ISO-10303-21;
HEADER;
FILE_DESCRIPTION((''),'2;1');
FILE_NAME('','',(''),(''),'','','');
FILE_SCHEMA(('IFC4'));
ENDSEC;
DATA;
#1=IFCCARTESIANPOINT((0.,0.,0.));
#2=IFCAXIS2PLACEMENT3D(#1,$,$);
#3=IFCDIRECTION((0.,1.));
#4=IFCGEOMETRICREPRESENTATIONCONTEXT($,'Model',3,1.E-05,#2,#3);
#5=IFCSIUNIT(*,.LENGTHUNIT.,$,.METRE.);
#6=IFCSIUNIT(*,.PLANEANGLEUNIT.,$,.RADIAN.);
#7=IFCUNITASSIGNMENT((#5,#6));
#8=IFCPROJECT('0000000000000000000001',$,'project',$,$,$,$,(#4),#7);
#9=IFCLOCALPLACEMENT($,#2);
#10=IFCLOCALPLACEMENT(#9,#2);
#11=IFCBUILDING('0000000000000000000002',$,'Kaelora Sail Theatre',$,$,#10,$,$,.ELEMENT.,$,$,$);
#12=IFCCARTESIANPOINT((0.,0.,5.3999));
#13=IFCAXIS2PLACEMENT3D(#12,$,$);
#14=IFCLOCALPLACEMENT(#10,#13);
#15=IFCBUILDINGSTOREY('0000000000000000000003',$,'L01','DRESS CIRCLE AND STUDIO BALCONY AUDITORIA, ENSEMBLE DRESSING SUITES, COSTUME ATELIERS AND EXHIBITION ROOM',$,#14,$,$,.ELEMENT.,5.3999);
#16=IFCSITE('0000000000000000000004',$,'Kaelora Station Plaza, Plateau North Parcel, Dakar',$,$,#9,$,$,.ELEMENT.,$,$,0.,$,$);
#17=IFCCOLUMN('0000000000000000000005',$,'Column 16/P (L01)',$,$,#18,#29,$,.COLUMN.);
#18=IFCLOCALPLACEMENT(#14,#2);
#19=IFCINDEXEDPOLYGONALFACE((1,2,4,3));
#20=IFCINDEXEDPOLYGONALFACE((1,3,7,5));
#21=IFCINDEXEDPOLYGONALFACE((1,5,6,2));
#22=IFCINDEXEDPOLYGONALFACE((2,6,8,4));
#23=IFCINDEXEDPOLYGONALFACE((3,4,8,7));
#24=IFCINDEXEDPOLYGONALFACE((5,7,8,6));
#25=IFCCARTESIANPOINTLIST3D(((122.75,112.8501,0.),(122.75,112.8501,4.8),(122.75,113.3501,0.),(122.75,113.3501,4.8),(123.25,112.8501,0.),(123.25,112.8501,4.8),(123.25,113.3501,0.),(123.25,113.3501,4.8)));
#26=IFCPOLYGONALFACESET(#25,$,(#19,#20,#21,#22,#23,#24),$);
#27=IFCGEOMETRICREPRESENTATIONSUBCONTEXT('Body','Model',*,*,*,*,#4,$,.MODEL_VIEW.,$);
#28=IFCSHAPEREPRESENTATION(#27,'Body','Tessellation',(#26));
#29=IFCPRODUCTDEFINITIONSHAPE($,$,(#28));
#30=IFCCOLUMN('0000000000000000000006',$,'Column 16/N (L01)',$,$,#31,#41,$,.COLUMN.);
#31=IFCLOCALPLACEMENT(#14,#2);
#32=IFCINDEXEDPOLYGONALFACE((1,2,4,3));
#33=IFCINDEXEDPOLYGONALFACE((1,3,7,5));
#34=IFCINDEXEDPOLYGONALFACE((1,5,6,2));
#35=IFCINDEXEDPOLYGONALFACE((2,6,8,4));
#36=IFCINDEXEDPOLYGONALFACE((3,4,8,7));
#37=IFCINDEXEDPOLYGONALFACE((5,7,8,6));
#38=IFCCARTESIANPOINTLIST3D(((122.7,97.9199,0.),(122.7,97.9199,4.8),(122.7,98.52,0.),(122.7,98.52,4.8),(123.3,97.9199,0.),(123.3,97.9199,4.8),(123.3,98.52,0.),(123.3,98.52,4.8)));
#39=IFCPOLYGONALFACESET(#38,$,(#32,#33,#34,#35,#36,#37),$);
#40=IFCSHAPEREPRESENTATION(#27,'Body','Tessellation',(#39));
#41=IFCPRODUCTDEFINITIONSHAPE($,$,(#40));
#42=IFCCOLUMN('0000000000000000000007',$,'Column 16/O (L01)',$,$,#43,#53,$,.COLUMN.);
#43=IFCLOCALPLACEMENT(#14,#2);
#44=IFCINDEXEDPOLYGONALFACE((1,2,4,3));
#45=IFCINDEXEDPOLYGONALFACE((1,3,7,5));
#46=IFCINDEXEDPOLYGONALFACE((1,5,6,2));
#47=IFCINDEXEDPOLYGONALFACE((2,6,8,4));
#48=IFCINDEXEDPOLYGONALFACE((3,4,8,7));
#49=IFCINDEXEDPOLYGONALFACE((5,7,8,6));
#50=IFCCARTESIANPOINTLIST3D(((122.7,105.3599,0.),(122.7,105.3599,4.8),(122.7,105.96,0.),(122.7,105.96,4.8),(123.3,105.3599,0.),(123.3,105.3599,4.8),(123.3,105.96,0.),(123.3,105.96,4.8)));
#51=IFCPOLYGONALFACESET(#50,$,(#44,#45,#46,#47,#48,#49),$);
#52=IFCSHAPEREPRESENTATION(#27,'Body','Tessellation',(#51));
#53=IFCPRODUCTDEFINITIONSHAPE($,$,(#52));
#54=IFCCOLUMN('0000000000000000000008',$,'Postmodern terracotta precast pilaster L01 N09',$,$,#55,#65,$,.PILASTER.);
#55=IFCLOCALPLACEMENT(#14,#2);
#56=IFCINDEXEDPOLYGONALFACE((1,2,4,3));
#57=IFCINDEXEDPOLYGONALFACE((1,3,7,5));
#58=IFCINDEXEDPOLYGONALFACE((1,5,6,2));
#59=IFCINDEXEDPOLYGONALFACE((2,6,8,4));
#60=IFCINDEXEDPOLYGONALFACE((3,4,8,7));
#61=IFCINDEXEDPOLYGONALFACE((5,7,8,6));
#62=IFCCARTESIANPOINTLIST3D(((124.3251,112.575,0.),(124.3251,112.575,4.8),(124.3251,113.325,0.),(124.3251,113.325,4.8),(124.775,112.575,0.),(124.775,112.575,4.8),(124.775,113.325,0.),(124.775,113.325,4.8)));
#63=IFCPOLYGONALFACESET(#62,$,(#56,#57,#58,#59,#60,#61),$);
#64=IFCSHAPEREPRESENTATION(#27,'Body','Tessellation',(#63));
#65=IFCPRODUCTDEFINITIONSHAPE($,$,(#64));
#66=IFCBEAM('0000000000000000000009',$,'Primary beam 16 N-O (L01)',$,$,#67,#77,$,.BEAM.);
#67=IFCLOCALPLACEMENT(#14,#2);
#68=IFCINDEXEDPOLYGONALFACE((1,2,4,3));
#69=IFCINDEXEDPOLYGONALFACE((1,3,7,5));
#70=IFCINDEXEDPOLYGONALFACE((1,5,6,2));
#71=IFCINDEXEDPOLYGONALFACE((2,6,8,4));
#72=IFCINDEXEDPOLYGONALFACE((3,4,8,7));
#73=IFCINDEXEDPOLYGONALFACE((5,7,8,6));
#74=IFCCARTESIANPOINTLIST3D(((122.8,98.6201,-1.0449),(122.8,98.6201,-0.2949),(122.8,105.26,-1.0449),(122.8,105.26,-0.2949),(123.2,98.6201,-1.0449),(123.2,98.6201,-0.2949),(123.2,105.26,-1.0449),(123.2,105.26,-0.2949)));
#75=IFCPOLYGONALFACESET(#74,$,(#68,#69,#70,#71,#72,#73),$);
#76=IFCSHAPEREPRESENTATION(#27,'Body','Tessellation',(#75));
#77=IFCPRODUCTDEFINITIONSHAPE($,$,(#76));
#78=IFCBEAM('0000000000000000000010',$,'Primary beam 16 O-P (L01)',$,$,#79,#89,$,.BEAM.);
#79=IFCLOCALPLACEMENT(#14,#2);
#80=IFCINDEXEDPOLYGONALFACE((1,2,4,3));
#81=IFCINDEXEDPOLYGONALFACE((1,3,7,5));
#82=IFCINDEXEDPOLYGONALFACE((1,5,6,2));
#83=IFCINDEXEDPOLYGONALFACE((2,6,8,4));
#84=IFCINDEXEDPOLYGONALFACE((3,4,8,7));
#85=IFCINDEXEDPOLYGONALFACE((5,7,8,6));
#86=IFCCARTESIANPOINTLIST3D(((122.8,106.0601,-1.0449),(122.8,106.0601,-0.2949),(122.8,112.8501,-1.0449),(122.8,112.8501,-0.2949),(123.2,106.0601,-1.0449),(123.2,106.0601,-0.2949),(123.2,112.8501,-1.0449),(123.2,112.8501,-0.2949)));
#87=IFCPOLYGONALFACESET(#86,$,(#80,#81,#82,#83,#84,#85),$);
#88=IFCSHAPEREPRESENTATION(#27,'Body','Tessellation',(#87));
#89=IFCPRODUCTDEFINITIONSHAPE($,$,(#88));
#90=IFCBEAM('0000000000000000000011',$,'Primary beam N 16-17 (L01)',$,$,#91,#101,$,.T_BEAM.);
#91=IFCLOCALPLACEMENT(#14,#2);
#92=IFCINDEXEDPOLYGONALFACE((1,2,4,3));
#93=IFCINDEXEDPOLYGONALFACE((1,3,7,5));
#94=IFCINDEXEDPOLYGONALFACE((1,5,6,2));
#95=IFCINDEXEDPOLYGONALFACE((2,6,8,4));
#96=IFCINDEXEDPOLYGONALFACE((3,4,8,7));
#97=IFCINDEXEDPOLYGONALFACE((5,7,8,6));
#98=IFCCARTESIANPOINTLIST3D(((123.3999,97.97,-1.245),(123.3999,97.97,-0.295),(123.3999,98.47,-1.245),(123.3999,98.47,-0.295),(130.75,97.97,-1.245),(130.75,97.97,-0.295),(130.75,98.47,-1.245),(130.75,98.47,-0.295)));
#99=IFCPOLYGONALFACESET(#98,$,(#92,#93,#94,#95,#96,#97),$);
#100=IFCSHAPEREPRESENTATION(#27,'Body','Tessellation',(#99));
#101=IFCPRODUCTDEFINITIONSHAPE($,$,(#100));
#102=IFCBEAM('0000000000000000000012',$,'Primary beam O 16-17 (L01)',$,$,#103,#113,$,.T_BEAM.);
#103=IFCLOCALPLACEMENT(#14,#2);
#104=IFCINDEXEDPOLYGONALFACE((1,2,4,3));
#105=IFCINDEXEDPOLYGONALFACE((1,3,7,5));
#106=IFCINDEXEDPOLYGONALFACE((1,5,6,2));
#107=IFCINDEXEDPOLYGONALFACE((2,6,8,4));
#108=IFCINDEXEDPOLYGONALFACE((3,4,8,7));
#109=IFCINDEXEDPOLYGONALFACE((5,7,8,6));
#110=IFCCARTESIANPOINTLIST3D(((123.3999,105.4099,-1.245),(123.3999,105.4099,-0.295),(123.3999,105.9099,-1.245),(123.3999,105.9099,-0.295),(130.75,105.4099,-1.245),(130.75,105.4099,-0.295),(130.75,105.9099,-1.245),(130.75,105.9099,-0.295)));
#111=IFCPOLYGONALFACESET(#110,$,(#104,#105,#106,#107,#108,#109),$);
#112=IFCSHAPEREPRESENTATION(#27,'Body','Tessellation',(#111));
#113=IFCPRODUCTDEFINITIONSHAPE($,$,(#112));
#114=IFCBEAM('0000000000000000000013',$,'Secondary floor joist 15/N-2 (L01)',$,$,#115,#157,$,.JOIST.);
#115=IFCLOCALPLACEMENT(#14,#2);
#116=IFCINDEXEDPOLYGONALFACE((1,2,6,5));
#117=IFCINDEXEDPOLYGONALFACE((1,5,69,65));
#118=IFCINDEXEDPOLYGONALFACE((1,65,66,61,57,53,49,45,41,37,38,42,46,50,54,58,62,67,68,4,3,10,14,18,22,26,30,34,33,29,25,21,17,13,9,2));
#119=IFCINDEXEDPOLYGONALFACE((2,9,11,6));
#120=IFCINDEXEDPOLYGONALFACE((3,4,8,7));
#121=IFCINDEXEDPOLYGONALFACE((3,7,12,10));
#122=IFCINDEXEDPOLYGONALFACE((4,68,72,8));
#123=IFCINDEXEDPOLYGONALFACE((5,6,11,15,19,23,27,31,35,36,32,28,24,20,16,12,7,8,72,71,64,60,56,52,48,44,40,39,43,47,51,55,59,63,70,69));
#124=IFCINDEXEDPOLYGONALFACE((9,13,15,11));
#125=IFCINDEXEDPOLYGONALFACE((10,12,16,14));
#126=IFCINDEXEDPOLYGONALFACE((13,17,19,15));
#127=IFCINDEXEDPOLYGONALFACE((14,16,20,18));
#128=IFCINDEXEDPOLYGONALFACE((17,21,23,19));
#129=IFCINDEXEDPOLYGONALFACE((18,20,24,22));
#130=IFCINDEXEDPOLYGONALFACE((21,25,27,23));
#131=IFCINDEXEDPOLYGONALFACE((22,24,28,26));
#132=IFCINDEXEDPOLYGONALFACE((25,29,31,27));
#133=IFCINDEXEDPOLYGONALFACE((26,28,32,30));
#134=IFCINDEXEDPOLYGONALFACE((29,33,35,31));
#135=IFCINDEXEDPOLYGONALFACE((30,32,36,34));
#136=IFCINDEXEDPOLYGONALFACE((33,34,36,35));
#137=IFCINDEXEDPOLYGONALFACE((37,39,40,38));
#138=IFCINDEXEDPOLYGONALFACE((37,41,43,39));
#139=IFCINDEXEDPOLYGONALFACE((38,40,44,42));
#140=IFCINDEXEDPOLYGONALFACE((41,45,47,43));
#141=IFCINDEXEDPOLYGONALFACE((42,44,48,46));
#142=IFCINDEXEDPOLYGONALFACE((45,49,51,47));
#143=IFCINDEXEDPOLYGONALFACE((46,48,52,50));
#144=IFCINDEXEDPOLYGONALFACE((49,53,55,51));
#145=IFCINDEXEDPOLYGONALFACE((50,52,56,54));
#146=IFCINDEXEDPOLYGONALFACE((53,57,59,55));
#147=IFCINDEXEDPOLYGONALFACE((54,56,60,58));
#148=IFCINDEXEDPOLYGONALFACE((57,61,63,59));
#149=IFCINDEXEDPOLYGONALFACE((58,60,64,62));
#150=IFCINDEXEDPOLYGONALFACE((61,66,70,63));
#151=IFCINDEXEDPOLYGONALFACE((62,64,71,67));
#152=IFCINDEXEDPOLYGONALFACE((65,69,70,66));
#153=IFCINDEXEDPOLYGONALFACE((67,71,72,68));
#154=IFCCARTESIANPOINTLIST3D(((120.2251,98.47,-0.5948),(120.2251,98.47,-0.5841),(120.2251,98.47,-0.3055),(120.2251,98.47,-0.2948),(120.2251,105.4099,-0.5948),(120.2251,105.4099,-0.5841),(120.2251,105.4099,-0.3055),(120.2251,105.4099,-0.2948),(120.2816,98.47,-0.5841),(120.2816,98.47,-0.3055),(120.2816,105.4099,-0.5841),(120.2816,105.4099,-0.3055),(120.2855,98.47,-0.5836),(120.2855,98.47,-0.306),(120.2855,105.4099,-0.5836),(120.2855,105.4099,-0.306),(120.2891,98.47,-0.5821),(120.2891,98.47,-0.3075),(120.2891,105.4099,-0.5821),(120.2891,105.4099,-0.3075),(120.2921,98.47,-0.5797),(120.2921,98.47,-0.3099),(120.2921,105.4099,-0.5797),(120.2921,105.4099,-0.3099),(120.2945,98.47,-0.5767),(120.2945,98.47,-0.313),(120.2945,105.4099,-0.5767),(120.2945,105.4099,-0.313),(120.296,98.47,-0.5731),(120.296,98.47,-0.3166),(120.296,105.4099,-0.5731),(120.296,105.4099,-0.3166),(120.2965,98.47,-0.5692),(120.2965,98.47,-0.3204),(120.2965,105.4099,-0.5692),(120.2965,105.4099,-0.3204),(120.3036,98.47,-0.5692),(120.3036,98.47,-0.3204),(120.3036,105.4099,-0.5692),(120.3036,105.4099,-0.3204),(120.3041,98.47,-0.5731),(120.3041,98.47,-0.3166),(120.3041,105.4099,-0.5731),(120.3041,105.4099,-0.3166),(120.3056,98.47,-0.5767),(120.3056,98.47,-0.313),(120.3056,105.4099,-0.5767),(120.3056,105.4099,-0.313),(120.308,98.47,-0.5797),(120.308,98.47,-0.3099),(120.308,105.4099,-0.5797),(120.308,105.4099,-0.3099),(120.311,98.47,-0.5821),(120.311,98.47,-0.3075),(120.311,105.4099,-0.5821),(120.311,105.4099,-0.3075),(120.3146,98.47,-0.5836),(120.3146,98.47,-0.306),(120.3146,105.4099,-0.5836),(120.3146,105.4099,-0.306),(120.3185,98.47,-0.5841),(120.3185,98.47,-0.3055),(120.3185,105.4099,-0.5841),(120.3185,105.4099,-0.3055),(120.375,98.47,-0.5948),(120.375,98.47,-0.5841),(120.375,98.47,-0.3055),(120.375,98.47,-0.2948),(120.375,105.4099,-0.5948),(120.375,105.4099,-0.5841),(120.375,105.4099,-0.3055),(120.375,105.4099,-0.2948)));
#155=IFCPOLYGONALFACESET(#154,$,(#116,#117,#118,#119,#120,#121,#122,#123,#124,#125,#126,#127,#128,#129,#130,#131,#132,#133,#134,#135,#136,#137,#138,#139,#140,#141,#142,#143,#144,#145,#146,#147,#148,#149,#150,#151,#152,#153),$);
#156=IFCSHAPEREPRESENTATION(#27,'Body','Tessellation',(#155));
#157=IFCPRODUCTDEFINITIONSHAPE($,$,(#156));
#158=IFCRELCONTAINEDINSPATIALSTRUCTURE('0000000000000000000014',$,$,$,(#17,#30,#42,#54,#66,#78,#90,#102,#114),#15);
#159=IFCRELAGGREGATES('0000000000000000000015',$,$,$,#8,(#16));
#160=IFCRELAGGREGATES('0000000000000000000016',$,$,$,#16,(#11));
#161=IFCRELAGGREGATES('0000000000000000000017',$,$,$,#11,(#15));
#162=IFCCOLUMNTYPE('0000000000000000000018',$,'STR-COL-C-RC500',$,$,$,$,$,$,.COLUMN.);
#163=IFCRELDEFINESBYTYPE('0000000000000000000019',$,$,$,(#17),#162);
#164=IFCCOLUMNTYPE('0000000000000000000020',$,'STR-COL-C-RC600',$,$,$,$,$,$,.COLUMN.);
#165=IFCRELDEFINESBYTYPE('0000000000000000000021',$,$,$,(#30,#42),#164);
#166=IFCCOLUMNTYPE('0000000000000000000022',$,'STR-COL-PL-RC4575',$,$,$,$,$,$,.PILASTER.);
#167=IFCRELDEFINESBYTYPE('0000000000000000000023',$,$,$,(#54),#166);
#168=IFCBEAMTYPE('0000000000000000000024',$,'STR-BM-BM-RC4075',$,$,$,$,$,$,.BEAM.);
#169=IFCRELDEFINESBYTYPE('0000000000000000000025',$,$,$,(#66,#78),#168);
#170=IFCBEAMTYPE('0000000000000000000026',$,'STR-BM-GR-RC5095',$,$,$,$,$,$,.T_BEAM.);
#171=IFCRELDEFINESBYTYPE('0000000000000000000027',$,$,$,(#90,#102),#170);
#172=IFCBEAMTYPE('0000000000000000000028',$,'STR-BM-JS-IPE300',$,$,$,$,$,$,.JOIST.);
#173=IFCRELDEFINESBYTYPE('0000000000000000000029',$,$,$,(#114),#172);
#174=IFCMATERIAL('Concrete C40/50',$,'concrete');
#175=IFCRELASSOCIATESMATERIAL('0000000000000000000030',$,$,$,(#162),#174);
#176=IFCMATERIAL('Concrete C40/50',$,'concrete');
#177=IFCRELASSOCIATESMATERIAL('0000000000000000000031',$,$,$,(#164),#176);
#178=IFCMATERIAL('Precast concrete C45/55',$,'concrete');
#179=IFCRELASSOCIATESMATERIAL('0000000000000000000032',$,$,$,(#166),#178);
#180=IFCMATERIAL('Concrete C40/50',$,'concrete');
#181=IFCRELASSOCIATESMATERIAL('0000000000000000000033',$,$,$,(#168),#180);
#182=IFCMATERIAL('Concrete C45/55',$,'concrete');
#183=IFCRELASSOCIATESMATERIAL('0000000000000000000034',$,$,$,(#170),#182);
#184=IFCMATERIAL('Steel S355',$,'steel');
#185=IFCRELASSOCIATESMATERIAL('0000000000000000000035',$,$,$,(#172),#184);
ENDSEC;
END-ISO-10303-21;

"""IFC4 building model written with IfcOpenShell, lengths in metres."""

from ifc_helpers import new_model, si_unit, direction, frame, origin, origin_2d, place, context, subcontext, project, spatial, rectangle, i_section, extrude, material, material_profile, profile_set, type_object, element, save


model = new_model("IFC4")

# Units and contexts
model_context = context("Model", 3, precision=1e-05, world=origin(), true_north=direction((0.0, 1.0)))
body_context = subcontext(model_context, "Body", "Model", "MODEL_VIEW")
ifc_project = project(units=[si_unit("LENGTHUNIT", "METRE"), si_unit("PLANEANGLEUNIT", "RADIAN")], contexts=[model_context])

# Site, building, storey
site_placement = place(None, origin())
site = spatial("IfcSite", under=ifc_project, at=site_placement, Name="Kaelora Station Plaza, Plateau North Parcel, Dakar", CompositionType="ELEMENT", RefElevation=0.0)
building_placement = place(site_placement, origin())
building = spatial("IfcBuilding", under=site, at=building_placement, Name="Kaelora Sail Theatre", CompositionType="ELEMENT")
storey_placement = place(building_placement, frame((0.0, 0.0, 5.3999)))
storey = spatial("IfcBuildingStorey", under=building, at=storey_placement, Name="L01", Description="DRESS CIRCLE AND STUDIO BALCONY AUDITORIA, ENSEMBLE DRESSING SUITES, COSTUME ATELIERS AND EXHIBITION ROOM", CompositionType="ELEMENT", Elevation=5.3999)

# Columns
ifc_material_1 = material(Name="Concrete C40/50", Category="concrete")
ifc_material_profile_1 = material_profile(ifc_material_1, rectangle(XDim=0.5, YDim=0.5, at=origin_2d()), Name="RC-COL 500x500")
ifc_profile_set_1 = profile_set([ifc_material_profile_1], Name="Concrete C40/50")
column_type_1 = type_object("IfcColumnType", Name="STR-COL-C-RC500", PredefinedType="COLUMN", material=ifc_profile_set_1)
column_1_placement = place(storey_placement, frame((123.0, 113.1001, 0.0), z_axis=(0.0, 0.0, 1.0), x_axis=(1.0, 0.0, 0.0)))
element("IfcColumn", 1, at=column_1_placement, inside=storey, type_object=column_type_1, Name="Column 16/P (L01)", PredefinedType="COLUMN", context=body_context, shape_type="SweptSolid", body=[
    extrude(rectangle(XDim=0.5, YDim=0.5, at=origin_2d()), origin(), (0.0, 0.0, 1.0), 4.8),
])
ifc_material_2 = material(Name="Concrete C40/50", Category="concrete")
ifc_material_profile_2 = material_profile(ifc_material_2, rectangle(XDim=0.6001, YDim=0.6001, at=origin_2d()), Name="RC-COL 600x600")
ifc_profile_set_2 = profile_set([ifc_material_profile_2], Name="Concrete C40/50")
column_type_2 = type_object("IfcColumnType", Name="STR-COL-C-RC600", PredefinedType="COLUMN", material=ifc_profile_set_2)
for number, where, z_axis, x_axis, name in (
    (2, (123.0, 98.22, 0.0), (0.0, 0.0, 1.0), (1.0, 0.0, 0.0), "Column 16/N (L01)"),
    (3, (123.0, 105.6599, 0.0), (0.0, 0.0, 1.0), (1.0, 0.0, 0.0), "Column 16/O (L01)"),
):
    element("IfcColumn", number, at=place(storey_placement, frame(where, z_axis=z_axis, x_axis=x_axis)), inside=storey, type_object=column_type_2, Name=name, PredefinedType="COLUMN", context=body_context, shape_type="SweptSolid", body=[
        extrude(rectangle(XDim=0.6001, YDim=0.6001, at=origin_2d()), origin(), (0.0, 0.0, 1.0), 4.8),
    ])
ifc_material_3 = material(Name="Precast concrete C45/55", Category="concrete")
ifc_material_profile_3 = material_profile(ifc_material_3, rectangle(XDim=0.45, YDim=0.75, at=origin_2d()), Name="RC-PIL 450x750")
ifc_profile_set_3 = profile_set([ifc_material_profile_3], Name="Precast concrete C45/55")
column_type_3 = type_object("IfcColumnType", Name="STR-COL-PL-RC4575", PredefinedType="PILASTER", material=ifc_profile_set_3)
column_2_placement = place(storey_placement, frame((124.55, 112.95, 0.0), z_axis=(0.0, 0.0, 1.0), x_axis=(1.0, 0.0, 0.0)))
element("IfcColumn", 4, at=column_2_placement, inside=storey, type_object=column_type_3, Name="Postmodern terracotta precast pilaster L01 N09", PredefinedType="PILASTER", context=body_context, shape_type="SweptSolid", body=[
    extrude(rectangle(XDim=0.45, YDim=0.75, at=origin_2d()), origin(), (0.0, 0.0, 1.0), 4.8),
])

# Beams
ifc_material_4 = material(Name="Concrete C40/50", Category="concrete")
ifc_material_profile_4 = material_profile(ifc_material_4, rectangle(XDim=0.3999, YDim=0.75, at=origin_2d()), Name="RC-BM 400x750")
ifc_profile_set_4 = profile_set([ifc_material_profile_4], Name="Concrete C40/50")
beam_type_1 = type_object("IfcBeamType", Name="STR-BM-BM-RC4075", PredefinedType="BEAM", material=ifc_profile_set_4)
beam_1_placement = place(storey_placement, frame((123.0, 98.6201, -0.6699), z_axis=(0.0, 1.0, 0.0), x_axis=(-1.0, 0.0, 0.0)))
element("IfcBeam", 5, at=beam_1_placement, inside=storey, type_object=beam_type_1, Name="Primary beam 16 N-O (L01)", PredefinedType="BEAM", context=body_context, shape_type="SweptSolid", body=[
    extrude(rectangle(XDim=0.3999, YDim=0.75, at=origin_2d()), origin(), (0.0, 0.0, 1.0), 6.6399),
])
beam_2_placement = place(storey_placement, frame((123.0, 106.0601, -0.6699), z_axis=(0.0, 1.0, 0.0), x_axis=(-1.0, 0.0, 0.0)))
element("IfcBeam", 6, at=beam_2_placement, inside=storey, type_object=beam_type_1, Name="Primary beam 16 O-P (L01)", PredefinedType="BEAM", context=body_context, shape_type="SweptSolid", body=[
    extrude(rectangle(XDim=0.3999, YDim=0.75, at=origin_2d()), origin(), (0.0, 0.0, 1.0), 6.79),
])
ifc_material_5 = material(Name="Concrete C45/55", Category="concrete")
ifc_material_profile_5 = material_profile(ifc_material_5, rectangle(XDim=0.5, YDim=0.95, at=origin_2d()), Name="RC-GRD 500x950")
ifc_profile_set_5 = profile_set([ifc_material_profile_5], Name="Concrete C45/55")
beam_type_2 = type_object("IfcBeamType", Name="STR-BM-GR-RC5095", PredefinedType="T_BEAM", material=ifc_profile_set_5)
for number, where, z_axis, x_axis, name in (
    (7, (123.3999, 98.22, -0.77), (1.0, 0.0, 0.0), (0.0, 1.0, 0.0), "Primary beam N 16-17 (L01)"),
    (8, (123.3999, 105.6599, -0.77), (1.0, 0.0, 0.0), (0.0, 1.0, 0.0), "Primary beam O 16-17 (L01)"),
):
    element("IfcBeam", number, at=place(storey_placement, frame(where, z_axis=z_axis, x_axis=x_axis)), inside=storey, type_object=beam_type_2, Name=name, PredefinedType="T_BEAM", context=body_context, shape_type="SweptSolid", body=[
        extrude(rectangle(XDim=0.5, YDim=0.95, at=origin_2d()), origin(), (0.0, 0.0, 1.0), 7.3501),
    ])
ifc_material_6 = material(Name="Steel S355", Category="steel")
ifc_material_profile_6 = material_profile(ifc_material_6, i_section(OverallWidth=0.1499, OverallDepth=0.3, WebThickness=0.0071, FlangeThickness=0.0107, FilletRadius=0.0149, at=origin_2d()), Name="IPE 300")
ifc_profile_set_6 = profile_set([ifc_material_profile_6], Name="Steel S355")
beam_type_3 = type_object("IfcBeamType", Name="STR-BM-JS-IPE300", PredefinedType="JOIST", material=ifc_profile_set_6)
beam_3_placement = place(storey_placement, frame((120.3, 98.47, -0.4448), z_axis=(0.0, 1.0, 0.0), x_axis=(-1.0, 0.0, 0.0)))
element("IfcBeam", 9, at=beam_3_placement, inside=storey, type_object=beam_type_3, Name="Secondary floor joist 15/N-2 (L01)", PredefinedType="JOIST", context=body_context, shape_type="SweptSolid", body=[
    extrude(i_section(OverallWidth=0.1499, OverallDepth=0.3, WebThickness=0.0071, FlangeThickness=0.0107, FilletRadius=0.0149, at=origin_2d()), origin(), (0.0, 0.0, 1.0), 6.9399),
])

save(model, "model.ifc")
